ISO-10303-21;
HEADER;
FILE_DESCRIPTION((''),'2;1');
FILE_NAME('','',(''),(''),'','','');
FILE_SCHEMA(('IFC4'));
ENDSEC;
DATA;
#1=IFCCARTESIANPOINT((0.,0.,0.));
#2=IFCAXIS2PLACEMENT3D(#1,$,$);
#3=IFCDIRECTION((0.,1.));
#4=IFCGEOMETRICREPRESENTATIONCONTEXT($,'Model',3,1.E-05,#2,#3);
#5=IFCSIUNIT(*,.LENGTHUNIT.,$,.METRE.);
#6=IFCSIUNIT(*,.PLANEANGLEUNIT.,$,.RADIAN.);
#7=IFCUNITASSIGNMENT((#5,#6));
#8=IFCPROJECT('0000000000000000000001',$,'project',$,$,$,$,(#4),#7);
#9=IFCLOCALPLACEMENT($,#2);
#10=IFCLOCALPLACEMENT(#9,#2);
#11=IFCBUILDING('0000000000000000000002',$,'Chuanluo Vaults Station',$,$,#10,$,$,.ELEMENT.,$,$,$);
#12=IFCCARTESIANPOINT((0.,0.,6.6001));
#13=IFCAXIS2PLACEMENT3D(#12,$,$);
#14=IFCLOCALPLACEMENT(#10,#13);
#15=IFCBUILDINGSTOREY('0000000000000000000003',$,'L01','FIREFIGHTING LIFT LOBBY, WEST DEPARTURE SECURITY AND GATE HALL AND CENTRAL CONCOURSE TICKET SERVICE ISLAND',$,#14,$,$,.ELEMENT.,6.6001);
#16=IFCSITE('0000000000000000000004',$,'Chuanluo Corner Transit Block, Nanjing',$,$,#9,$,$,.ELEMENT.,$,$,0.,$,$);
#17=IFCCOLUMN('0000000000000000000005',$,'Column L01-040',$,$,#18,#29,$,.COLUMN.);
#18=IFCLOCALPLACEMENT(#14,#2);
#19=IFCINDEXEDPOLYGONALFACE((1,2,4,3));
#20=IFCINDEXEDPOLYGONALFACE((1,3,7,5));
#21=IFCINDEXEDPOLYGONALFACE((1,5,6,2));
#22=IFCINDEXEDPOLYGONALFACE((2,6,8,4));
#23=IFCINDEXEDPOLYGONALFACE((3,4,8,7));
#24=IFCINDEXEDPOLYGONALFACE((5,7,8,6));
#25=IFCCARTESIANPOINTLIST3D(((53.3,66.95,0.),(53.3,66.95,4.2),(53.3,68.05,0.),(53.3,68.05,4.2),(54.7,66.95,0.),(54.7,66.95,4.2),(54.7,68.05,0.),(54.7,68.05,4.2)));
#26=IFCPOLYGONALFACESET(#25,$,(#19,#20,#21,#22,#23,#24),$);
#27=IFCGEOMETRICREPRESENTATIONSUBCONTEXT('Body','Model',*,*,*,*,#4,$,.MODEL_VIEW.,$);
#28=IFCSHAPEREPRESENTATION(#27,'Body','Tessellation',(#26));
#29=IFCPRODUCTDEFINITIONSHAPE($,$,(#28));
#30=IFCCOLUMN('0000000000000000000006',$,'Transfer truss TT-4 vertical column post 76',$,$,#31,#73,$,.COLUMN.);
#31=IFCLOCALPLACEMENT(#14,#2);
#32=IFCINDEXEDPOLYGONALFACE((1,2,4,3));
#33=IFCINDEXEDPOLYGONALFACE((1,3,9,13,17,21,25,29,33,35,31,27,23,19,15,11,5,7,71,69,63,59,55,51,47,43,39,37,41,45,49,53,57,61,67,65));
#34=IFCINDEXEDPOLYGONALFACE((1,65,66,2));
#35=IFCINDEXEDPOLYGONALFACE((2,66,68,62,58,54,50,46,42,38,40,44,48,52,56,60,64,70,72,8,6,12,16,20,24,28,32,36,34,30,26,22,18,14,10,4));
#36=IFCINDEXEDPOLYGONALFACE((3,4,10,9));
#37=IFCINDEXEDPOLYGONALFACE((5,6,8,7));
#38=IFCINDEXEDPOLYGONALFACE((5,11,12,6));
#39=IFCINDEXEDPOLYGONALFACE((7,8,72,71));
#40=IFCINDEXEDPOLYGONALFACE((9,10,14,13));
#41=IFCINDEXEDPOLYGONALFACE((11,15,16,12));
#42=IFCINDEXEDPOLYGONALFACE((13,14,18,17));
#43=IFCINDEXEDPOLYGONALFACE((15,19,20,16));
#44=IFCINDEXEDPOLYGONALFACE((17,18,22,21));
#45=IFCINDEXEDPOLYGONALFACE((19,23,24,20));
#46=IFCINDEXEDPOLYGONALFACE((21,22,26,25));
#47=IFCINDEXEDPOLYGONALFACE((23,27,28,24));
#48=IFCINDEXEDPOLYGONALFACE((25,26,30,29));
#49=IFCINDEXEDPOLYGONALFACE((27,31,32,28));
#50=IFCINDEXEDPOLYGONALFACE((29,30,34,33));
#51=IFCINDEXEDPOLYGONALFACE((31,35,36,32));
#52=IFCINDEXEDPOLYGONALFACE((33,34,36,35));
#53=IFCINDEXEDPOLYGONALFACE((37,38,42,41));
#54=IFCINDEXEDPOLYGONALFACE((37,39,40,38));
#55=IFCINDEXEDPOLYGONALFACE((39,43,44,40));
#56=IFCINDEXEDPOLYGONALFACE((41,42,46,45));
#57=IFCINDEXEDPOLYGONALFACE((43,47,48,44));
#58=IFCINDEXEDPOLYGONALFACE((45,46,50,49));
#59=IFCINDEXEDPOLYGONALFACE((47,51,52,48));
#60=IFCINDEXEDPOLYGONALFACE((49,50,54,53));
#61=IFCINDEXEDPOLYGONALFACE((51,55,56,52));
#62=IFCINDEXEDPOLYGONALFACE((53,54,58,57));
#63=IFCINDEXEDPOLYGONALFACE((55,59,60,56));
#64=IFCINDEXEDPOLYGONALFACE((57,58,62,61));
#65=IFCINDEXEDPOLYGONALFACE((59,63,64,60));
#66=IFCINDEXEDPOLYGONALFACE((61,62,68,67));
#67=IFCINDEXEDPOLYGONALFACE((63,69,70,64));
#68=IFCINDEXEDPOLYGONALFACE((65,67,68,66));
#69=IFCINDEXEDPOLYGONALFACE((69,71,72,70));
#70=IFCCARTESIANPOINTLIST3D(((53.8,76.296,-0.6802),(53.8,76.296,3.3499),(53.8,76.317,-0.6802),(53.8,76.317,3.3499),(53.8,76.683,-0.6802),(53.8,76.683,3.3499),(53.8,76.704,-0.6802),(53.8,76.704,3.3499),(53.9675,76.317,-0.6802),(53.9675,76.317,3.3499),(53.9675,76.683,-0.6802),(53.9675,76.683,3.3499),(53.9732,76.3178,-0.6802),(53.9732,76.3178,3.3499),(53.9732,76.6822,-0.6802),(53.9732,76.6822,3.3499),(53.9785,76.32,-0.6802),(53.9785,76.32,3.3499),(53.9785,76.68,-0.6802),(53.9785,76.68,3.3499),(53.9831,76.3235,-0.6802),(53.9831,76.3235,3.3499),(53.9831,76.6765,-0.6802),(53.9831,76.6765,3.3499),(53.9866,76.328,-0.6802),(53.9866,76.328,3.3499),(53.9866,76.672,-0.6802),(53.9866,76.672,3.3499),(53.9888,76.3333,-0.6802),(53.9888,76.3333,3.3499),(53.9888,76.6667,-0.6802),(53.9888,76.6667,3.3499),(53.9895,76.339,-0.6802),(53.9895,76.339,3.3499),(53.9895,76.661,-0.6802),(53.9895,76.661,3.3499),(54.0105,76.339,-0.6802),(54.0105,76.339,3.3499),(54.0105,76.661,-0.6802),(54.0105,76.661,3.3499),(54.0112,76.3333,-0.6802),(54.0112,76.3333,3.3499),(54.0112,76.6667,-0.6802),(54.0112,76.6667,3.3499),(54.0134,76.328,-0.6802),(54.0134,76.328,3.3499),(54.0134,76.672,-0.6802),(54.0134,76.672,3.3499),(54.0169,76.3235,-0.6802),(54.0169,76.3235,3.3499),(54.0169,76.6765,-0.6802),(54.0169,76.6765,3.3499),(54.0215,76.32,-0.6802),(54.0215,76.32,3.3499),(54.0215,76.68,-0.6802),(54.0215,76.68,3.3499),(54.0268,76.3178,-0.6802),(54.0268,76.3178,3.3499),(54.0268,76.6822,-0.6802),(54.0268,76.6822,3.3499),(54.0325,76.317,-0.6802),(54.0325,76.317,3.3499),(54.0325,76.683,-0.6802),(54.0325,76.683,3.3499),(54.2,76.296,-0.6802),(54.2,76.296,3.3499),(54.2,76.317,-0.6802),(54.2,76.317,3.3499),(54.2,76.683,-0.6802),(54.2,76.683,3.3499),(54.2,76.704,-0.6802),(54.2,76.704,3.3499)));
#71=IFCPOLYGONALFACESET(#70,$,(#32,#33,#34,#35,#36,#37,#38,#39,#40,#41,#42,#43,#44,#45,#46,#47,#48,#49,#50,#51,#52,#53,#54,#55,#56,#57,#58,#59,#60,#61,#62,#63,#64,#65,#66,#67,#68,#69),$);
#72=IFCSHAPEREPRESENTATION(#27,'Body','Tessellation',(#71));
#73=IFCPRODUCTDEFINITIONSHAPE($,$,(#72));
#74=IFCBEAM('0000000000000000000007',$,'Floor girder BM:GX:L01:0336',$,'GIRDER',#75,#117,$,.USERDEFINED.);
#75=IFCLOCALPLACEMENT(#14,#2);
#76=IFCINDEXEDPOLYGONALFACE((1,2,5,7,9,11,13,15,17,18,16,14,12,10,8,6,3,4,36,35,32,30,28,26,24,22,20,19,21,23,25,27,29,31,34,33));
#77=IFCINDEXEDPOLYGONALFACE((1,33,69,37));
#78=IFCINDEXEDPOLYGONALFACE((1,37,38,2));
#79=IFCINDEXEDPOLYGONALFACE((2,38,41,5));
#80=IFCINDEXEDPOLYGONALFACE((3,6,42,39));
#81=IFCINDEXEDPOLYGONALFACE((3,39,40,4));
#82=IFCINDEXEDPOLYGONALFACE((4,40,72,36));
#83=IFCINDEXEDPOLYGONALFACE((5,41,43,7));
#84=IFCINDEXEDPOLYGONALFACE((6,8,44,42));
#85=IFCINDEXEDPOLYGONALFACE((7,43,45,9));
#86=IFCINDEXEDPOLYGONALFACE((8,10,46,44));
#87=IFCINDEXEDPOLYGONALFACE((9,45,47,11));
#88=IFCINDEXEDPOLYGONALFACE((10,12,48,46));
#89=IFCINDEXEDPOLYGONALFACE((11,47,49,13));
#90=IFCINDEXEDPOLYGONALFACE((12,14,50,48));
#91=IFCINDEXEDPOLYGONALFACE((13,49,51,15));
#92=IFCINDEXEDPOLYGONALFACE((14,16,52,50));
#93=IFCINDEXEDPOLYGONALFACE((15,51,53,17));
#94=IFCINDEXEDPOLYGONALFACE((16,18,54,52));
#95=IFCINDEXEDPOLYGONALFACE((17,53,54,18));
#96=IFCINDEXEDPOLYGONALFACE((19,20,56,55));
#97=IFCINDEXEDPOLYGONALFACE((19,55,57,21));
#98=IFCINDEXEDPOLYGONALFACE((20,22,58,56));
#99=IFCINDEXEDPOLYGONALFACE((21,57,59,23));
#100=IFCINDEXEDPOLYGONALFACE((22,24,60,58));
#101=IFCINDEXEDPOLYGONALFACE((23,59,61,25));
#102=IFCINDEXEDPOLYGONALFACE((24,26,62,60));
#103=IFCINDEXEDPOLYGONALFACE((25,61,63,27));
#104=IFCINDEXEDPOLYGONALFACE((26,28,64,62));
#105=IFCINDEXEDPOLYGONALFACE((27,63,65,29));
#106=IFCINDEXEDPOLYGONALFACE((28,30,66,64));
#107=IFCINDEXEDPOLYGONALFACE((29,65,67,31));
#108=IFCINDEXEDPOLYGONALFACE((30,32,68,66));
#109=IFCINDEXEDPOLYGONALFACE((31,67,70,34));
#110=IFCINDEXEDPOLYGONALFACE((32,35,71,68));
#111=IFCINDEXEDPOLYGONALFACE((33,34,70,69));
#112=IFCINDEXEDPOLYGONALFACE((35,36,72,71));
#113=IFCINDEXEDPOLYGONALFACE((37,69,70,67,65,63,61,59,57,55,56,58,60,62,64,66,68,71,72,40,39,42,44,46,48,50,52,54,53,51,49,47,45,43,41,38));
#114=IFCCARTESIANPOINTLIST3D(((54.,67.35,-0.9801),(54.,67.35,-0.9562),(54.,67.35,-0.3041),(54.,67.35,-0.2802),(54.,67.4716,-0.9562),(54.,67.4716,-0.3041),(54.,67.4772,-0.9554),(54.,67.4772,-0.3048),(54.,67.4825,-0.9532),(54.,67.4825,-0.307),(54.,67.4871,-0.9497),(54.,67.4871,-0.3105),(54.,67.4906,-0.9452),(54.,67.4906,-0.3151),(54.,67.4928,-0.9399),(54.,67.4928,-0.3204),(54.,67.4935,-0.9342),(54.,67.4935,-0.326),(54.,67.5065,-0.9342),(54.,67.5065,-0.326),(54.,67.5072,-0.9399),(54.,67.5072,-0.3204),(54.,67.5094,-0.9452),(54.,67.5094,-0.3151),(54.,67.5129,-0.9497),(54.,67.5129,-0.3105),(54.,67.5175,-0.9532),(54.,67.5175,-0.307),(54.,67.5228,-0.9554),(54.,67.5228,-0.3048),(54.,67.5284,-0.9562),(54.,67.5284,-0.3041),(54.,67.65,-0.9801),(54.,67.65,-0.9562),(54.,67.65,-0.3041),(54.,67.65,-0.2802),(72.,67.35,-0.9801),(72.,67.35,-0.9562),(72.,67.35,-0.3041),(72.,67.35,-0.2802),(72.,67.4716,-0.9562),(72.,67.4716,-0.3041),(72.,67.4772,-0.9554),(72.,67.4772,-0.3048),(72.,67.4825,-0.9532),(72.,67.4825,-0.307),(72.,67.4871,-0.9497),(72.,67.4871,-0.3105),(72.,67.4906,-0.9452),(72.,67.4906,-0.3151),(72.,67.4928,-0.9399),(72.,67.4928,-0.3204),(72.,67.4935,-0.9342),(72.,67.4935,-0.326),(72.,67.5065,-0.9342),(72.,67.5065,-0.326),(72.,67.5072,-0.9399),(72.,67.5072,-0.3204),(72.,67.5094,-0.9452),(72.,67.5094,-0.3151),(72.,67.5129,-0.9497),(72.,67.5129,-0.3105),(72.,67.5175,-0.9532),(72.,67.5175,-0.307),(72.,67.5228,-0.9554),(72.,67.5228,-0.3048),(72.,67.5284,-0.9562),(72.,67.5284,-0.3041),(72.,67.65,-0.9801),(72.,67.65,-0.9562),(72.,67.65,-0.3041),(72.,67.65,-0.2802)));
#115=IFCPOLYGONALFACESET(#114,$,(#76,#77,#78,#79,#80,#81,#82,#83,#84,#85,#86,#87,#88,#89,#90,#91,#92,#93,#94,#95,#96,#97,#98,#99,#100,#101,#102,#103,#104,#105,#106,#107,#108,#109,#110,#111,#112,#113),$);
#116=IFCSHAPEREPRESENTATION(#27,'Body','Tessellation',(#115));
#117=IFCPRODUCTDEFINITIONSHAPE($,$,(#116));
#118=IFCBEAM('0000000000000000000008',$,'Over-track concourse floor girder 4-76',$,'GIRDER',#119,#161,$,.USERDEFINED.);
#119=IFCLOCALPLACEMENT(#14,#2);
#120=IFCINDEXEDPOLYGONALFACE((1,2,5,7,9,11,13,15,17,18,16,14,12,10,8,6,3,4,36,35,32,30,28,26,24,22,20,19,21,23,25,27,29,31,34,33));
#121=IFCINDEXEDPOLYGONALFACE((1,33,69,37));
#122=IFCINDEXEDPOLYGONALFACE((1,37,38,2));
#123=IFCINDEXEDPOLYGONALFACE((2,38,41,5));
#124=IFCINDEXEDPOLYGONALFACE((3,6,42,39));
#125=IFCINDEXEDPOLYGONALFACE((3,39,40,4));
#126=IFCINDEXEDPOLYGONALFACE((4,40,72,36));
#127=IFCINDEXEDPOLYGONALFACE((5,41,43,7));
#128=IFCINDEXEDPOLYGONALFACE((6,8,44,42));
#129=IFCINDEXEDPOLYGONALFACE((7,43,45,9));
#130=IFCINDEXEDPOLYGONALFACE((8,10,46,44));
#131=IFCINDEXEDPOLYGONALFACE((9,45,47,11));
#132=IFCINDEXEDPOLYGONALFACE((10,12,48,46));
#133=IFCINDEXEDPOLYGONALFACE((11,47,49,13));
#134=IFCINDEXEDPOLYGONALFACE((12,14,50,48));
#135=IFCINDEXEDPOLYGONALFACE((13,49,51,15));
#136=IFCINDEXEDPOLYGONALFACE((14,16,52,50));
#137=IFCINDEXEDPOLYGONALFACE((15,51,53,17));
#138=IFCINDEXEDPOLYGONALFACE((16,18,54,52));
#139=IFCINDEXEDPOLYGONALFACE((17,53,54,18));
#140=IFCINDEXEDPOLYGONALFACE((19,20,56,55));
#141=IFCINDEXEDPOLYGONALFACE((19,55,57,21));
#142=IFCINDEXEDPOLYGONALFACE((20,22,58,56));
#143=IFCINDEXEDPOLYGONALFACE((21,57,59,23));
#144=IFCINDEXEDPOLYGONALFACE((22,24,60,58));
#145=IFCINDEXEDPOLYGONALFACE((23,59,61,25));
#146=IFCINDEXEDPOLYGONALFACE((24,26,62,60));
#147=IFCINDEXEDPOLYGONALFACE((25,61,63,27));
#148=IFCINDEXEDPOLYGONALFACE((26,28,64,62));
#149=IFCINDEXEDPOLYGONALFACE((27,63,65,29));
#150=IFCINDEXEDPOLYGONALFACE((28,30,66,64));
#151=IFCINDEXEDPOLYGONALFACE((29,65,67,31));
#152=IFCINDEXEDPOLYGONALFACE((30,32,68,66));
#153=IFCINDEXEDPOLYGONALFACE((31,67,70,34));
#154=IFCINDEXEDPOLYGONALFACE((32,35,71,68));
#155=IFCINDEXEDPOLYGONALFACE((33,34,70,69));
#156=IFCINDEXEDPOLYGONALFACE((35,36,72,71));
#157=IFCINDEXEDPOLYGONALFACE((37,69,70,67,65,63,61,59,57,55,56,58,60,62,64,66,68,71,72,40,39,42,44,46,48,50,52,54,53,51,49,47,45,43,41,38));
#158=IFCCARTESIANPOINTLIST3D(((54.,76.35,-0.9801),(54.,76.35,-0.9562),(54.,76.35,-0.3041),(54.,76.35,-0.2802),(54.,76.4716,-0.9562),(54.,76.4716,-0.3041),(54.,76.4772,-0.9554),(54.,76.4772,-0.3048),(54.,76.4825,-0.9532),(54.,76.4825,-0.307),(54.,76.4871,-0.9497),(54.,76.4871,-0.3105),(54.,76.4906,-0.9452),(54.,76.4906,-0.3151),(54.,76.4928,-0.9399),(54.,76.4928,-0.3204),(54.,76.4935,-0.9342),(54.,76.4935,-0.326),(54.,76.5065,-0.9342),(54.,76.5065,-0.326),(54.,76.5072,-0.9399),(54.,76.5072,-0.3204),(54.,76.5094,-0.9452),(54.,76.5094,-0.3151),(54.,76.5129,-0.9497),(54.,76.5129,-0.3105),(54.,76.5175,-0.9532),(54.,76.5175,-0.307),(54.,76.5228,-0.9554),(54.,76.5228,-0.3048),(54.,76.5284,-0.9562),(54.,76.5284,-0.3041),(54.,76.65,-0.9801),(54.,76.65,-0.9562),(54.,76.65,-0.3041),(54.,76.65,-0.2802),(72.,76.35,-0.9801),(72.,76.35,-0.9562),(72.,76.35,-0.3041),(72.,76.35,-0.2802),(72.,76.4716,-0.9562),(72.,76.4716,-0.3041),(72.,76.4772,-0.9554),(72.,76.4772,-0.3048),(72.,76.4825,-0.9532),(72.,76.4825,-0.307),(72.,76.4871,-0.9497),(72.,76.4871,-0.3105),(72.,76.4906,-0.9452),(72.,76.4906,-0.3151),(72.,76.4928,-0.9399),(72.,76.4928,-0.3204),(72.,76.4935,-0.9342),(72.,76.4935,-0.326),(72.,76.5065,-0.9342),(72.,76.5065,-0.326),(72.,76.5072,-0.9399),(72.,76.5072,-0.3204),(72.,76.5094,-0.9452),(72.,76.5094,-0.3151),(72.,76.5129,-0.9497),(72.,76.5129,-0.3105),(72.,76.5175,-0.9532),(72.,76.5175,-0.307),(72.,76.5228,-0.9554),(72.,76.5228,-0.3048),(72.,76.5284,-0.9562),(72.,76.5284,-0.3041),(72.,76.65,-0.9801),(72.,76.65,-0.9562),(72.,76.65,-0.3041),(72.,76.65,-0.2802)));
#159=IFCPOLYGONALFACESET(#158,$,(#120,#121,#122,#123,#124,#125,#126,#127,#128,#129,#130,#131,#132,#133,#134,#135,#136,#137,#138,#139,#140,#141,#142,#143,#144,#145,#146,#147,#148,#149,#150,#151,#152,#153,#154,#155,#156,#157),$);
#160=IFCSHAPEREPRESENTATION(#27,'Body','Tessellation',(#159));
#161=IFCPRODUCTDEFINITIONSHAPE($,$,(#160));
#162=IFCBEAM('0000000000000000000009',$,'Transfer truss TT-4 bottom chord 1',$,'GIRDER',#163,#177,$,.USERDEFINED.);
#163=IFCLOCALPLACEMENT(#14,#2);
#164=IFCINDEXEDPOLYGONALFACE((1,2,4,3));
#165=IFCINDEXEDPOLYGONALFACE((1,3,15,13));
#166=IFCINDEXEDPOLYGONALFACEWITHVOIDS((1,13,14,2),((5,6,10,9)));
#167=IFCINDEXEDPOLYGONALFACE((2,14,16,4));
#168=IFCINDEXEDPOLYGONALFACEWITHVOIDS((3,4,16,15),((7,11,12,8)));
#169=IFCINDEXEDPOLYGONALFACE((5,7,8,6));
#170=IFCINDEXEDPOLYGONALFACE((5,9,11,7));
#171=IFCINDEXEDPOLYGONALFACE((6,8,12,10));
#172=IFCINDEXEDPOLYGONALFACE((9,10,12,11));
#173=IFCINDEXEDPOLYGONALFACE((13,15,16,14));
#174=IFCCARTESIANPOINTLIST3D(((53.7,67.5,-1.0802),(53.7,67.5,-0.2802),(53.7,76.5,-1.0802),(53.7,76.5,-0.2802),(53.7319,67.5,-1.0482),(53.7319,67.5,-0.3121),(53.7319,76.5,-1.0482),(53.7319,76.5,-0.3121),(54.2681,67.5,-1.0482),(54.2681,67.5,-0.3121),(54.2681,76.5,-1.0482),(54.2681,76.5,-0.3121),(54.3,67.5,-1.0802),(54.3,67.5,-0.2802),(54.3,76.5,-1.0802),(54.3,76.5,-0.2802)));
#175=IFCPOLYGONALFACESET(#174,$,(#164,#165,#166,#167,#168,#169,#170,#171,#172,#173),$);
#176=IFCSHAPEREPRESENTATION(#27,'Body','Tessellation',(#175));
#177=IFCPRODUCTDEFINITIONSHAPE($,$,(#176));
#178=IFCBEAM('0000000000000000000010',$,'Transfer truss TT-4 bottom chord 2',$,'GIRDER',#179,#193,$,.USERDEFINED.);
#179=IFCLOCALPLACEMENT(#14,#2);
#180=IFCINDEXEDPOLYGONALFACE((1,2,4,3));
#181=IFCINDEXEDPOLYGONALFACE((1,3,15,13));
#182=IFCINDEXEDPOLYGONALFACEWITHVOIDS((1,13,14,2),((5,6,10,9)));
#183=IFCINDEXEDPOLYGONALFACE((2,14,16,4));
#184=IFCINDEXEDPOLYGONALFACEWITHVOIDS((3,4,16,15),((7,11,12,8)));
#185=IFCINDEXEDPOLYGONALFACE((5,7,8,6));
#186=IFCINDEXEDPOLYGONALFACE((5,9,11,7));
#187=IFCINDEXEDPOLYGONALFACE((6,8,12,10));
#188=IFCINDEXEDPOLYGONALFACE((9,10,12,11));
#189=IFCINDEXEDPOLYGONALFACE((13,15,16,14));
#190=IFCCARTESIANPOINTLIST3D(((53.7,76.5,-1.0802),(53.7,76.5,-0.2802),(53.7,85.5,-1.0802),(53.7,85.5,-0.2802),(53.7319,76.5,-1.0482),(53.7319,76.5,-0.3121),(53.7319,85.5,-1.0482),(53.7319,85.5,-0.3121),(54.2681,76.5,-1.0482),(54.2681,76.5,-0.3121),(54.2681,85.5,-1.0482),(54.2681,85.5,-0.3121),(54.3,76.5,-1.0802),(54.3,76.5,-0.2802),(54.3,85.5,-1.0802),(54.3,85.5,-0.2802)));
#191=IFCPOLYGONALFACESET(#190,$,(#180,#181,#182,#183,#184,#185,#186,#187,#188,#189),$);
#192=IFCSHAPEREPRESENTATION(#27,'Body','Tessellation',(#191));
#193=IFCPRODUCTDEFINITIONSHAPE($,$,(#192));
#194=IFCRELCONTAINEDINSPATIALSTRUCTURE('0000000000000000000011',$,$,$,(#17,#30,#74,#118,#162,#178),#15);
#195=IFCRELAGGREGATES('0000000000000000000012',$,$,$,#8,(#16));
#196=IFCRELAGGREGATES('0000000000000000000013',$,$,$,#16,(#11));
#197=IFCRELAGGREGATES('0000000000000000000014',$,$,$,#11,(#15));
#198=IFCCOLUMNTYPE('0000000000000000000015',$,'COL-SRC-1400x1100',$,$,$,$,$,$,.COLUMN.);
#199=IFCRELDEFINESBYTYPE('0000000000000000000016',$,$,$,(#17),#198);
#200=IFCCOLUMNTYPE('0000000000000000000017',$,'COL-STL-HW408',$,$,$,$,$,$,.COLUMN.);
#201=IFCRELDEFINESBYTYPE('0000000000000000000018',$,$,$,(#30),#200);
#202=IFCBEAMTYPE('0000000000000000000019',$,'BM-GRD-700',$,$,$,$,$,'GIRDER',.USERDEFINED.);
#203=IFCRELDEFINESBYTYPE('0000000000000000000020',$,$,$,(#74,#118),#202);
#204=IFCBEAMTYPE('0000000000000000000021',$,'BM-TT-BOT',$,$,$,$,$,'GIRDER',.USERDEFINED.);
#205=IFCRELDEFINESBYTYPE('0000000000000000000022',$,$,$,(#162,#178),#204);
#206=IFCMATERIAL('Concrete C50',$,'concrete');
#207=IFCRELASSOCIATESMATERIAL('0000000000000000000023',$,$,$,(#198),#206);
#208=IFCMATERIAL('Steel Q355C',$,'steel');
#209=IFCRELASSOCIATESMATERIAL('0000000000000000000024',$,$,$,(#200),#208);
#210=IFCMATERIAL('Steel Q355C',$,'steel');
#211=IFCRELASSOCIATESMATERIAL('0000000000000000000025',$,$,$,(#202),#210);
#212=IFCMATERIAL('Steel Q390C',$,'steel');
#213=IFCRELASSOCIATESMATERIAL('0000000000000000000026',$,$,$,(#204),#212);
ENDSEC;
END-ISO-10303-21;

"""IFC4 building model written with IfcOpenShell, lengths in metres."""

from ifc_helpers import new_model, si_unit, direction, frame, origin, origin_2d, place, context, subcontext, project, spatial, rectangle, hollow_rectangle, i_section, extrude, material, material_profile, profile_set, type_object, element, save


model = new_model("IFC4")

# Units and contexts
model_context = context("Model", 3, precision=1e-05, world=origin(), true_north=direction((0.0, 1.0)))
body_context = subcontext(model_context, "Body", "Model", "MODEL_VIEW")
ifc_project = project(units=[si_unit("LENGTHUNIT", "METRE"), si_unit("PLANEANGLEUNIT", "RADIAN")], contexts=[model_context])

# Site, building, storey
site_placement = place(None, origin())
site = spatial("IfcSite", under=ifc_project, at=site_placement, Name="Chuanluo Corner Transit Block, Nanjing", CompositionType="ELEMENT", RefElevation=0.0)
building_placement = place(site_placement, origin())
building = spatial("IfcBuilding", under=site, at=building_placement, Name="Chuanluo Vaults Station", CompositionType="ELEMENT")
storey_placement = place(building_placement, frame((0.0, 0.0, 6.6001)))
storey = spatial("IfcBuildingStorey", under=building, at=storey_placement, Name="L01", Description="FIREFIGHTING LIFT LOBBY, WEST DEPARTURE SECURITY AND GATE HALL AND CENTRAL CONCOURSE TICKET SERVICE ISLAND", CompositionType="ELEMENT", Elevation=6.6001)

# Columns
ifc_material_1 = material(Name="Concrete C50", Category="concrete")
ifc_material_profile_1 = material_profile(ifc_material_1, rectangle(XDim=1.3999, YDim=1.1001, at=origin_2d()))
ifc_profile_set_1 = profile_set([ifc_material_profile_1], Name="Concrete C50")
column_type_1 = type_object("IfcColumnType", Name="COL-SRC-1400x1100", PredefinedType="COLUMN", material=ifc_profile_set_1)
column_1_placement = place(storey_placement, frame((54.0, 67.5, 0.0), z_axis=(0.0, 0.0, 1.0), x_axis=(1.0, 0.0, 0.0)))
element("IfcColumn", 1, at=column_1_placement, inside=storey, type_object=column_type_1, Name="Column L01-040", PredefinedType="COLUMN", context=body_context, shape_type="SweptSolid", body=[
    extrude(rectangle(XDim=1.3999, YDim=1.1001, at=origin_2d()), origin(), (0.0, 0.0, 1.0), 4.2),
])
ifc_material_2 = material(Name="Steel Q355C", Category="steel")
ifc_material_profile_2 = material_profile(ifc_material_2, i_section(OverallWidth=0.3999, OverallDepth=0.408, WebThickness=0.021, FlangeThickness=0.021, FilletRadius=0.022, at=origin_2d()))
ifc_profile_set_2 = profile_set([ifc_material_profile_2], Name="Steel Q355C")
column_type_2 = type_object("IfcColumnType", Name="COL-STL-HW408", PredefinedType="COLUMN", material=ifc_profile_set_2)
column_2_placement = place(storey_placement, frame((54.0, 76.5, -0.6802), z_axis=(0.0, 0.0, 1.0), x_axis=(1.0, 0.0, 0.0)))
element("IfcColumn", 2, at=column_2_placement, inside=storey, type_object=column_type_2, Name="Transfer truss TT-4 vertical column post 76", PredefinedType="COLUMN", context=body_context, shape_type="SweptSolid", body=[
    extrude(i_section(OverallWidth=0.3999, OverallDepth=0.408, WebThickness=0.021, FlangeThickness=0.021, FilletRadius=0.022, at=origin_2d()), origin(), (0.0, 0.0, 1.0), 4.03),
])

# Beams
ifc_material_3 = material(Name="Steel Q355C", Category="steel")
ifc_material_profile_3 = material_profile(ifc_material_3, i_section(OverallWidth=0.3, OverallDepth=0.7, WebThickness=0.0129, FlangeThickness=0.0239, FilletRadius=0.022, at=origin_2d()))
ifc_profile_set_3 = profile_set([ifc_material_profile_3], Name="Steel Q355C")
beam_type_1 = type_object("IfcBeamType", Name="BM-GRD-700", ElementType="GIRDER", PredefinedType="USERDEFINED", material=ifc_profile_set_3)
for number, where, z_axis, x_axis, name in (
    (3, (54.0, 67.5, -0.6301), (1.0, 0.0, 0.0), (0.0, 1.0, 0.0), "Floor girder BM:GX:L01:0336"),
    (4, (54.0, 76.5, -0.6301), (1.0, 0.0, 0.0), (0.0, 1.0, 0.0), "Over-track concourse floor girder 4-76"),
):
    element("IfcBeam", number, at=place(storey_placement, frame(where, z_axis=z_axis, x_axis=x_axis)), inside=storey, type_object=beam_type_1, Name=name, ObjectType="GIRDER", PredefinedType="USERDEFINED", context=body_context, shape_type="SweptSolid", body=[
        extrude(i_section(OverallWidth=0.3, OverallDepth=0.7, WebThickness=0.0129, FlangeThickness=0.0239, FilletRadius=0.022, at=origin_2d()), origin(), (0.0, 0.0, 1.0), 18.0),
    ])
ifc_material_4 = material(Name="Steel Q390C", Category="steel")
ifc_material_profile_4 = material_profile(ifc_material_4, hollow_rectangle(XDim=0.6001, YDim=0.8, WallThickness=0.032, at=origin_2d()))
ifc_profile_set_4 = profile_set([ifc_material_profile_4], Name="Steel Q390C")
beam_type_2 = type_object("IfcBeamType", Name="BM-TT-BOT", ElementType="GIRDER", PredefinedType="USERDEFINED", material=ifc_profile_set_4)
for number, where, z_axis, x_axis, name in (
    (5, (54.0, 67.5, -0.6802), (0.0, 1.0, 0.0), (-1.0, 0.0, 0.0), "Transfer truss TT-4 bottom chord 1"),
    (6, (54.0, 76.5, -0.6802), (0.0, 1.0, 0.0), (-1.0, 0.0, 0.0), "Transfer truss TT-4 bottom chord 2"),
):
    element("IfcBeam", number, at=place(storey_placement, frame(where, z_axis=z_axis, x_axis=x_axis)), inside=storey, type_object=beam_type_2, Name=name, ObjectType="GIRDER", PredefinedType="USERDEFINED", context=body_context, shape_type="SweptSolid", body=[
        extrude(hollow_rectangle(XDim=0.6001, YDim=0.8, WallThickness=0.032, at=origin_2d()), origin(), (0.0, 0.0, 1.0), 9.0),
    ])

save(model, "model.ifc")
